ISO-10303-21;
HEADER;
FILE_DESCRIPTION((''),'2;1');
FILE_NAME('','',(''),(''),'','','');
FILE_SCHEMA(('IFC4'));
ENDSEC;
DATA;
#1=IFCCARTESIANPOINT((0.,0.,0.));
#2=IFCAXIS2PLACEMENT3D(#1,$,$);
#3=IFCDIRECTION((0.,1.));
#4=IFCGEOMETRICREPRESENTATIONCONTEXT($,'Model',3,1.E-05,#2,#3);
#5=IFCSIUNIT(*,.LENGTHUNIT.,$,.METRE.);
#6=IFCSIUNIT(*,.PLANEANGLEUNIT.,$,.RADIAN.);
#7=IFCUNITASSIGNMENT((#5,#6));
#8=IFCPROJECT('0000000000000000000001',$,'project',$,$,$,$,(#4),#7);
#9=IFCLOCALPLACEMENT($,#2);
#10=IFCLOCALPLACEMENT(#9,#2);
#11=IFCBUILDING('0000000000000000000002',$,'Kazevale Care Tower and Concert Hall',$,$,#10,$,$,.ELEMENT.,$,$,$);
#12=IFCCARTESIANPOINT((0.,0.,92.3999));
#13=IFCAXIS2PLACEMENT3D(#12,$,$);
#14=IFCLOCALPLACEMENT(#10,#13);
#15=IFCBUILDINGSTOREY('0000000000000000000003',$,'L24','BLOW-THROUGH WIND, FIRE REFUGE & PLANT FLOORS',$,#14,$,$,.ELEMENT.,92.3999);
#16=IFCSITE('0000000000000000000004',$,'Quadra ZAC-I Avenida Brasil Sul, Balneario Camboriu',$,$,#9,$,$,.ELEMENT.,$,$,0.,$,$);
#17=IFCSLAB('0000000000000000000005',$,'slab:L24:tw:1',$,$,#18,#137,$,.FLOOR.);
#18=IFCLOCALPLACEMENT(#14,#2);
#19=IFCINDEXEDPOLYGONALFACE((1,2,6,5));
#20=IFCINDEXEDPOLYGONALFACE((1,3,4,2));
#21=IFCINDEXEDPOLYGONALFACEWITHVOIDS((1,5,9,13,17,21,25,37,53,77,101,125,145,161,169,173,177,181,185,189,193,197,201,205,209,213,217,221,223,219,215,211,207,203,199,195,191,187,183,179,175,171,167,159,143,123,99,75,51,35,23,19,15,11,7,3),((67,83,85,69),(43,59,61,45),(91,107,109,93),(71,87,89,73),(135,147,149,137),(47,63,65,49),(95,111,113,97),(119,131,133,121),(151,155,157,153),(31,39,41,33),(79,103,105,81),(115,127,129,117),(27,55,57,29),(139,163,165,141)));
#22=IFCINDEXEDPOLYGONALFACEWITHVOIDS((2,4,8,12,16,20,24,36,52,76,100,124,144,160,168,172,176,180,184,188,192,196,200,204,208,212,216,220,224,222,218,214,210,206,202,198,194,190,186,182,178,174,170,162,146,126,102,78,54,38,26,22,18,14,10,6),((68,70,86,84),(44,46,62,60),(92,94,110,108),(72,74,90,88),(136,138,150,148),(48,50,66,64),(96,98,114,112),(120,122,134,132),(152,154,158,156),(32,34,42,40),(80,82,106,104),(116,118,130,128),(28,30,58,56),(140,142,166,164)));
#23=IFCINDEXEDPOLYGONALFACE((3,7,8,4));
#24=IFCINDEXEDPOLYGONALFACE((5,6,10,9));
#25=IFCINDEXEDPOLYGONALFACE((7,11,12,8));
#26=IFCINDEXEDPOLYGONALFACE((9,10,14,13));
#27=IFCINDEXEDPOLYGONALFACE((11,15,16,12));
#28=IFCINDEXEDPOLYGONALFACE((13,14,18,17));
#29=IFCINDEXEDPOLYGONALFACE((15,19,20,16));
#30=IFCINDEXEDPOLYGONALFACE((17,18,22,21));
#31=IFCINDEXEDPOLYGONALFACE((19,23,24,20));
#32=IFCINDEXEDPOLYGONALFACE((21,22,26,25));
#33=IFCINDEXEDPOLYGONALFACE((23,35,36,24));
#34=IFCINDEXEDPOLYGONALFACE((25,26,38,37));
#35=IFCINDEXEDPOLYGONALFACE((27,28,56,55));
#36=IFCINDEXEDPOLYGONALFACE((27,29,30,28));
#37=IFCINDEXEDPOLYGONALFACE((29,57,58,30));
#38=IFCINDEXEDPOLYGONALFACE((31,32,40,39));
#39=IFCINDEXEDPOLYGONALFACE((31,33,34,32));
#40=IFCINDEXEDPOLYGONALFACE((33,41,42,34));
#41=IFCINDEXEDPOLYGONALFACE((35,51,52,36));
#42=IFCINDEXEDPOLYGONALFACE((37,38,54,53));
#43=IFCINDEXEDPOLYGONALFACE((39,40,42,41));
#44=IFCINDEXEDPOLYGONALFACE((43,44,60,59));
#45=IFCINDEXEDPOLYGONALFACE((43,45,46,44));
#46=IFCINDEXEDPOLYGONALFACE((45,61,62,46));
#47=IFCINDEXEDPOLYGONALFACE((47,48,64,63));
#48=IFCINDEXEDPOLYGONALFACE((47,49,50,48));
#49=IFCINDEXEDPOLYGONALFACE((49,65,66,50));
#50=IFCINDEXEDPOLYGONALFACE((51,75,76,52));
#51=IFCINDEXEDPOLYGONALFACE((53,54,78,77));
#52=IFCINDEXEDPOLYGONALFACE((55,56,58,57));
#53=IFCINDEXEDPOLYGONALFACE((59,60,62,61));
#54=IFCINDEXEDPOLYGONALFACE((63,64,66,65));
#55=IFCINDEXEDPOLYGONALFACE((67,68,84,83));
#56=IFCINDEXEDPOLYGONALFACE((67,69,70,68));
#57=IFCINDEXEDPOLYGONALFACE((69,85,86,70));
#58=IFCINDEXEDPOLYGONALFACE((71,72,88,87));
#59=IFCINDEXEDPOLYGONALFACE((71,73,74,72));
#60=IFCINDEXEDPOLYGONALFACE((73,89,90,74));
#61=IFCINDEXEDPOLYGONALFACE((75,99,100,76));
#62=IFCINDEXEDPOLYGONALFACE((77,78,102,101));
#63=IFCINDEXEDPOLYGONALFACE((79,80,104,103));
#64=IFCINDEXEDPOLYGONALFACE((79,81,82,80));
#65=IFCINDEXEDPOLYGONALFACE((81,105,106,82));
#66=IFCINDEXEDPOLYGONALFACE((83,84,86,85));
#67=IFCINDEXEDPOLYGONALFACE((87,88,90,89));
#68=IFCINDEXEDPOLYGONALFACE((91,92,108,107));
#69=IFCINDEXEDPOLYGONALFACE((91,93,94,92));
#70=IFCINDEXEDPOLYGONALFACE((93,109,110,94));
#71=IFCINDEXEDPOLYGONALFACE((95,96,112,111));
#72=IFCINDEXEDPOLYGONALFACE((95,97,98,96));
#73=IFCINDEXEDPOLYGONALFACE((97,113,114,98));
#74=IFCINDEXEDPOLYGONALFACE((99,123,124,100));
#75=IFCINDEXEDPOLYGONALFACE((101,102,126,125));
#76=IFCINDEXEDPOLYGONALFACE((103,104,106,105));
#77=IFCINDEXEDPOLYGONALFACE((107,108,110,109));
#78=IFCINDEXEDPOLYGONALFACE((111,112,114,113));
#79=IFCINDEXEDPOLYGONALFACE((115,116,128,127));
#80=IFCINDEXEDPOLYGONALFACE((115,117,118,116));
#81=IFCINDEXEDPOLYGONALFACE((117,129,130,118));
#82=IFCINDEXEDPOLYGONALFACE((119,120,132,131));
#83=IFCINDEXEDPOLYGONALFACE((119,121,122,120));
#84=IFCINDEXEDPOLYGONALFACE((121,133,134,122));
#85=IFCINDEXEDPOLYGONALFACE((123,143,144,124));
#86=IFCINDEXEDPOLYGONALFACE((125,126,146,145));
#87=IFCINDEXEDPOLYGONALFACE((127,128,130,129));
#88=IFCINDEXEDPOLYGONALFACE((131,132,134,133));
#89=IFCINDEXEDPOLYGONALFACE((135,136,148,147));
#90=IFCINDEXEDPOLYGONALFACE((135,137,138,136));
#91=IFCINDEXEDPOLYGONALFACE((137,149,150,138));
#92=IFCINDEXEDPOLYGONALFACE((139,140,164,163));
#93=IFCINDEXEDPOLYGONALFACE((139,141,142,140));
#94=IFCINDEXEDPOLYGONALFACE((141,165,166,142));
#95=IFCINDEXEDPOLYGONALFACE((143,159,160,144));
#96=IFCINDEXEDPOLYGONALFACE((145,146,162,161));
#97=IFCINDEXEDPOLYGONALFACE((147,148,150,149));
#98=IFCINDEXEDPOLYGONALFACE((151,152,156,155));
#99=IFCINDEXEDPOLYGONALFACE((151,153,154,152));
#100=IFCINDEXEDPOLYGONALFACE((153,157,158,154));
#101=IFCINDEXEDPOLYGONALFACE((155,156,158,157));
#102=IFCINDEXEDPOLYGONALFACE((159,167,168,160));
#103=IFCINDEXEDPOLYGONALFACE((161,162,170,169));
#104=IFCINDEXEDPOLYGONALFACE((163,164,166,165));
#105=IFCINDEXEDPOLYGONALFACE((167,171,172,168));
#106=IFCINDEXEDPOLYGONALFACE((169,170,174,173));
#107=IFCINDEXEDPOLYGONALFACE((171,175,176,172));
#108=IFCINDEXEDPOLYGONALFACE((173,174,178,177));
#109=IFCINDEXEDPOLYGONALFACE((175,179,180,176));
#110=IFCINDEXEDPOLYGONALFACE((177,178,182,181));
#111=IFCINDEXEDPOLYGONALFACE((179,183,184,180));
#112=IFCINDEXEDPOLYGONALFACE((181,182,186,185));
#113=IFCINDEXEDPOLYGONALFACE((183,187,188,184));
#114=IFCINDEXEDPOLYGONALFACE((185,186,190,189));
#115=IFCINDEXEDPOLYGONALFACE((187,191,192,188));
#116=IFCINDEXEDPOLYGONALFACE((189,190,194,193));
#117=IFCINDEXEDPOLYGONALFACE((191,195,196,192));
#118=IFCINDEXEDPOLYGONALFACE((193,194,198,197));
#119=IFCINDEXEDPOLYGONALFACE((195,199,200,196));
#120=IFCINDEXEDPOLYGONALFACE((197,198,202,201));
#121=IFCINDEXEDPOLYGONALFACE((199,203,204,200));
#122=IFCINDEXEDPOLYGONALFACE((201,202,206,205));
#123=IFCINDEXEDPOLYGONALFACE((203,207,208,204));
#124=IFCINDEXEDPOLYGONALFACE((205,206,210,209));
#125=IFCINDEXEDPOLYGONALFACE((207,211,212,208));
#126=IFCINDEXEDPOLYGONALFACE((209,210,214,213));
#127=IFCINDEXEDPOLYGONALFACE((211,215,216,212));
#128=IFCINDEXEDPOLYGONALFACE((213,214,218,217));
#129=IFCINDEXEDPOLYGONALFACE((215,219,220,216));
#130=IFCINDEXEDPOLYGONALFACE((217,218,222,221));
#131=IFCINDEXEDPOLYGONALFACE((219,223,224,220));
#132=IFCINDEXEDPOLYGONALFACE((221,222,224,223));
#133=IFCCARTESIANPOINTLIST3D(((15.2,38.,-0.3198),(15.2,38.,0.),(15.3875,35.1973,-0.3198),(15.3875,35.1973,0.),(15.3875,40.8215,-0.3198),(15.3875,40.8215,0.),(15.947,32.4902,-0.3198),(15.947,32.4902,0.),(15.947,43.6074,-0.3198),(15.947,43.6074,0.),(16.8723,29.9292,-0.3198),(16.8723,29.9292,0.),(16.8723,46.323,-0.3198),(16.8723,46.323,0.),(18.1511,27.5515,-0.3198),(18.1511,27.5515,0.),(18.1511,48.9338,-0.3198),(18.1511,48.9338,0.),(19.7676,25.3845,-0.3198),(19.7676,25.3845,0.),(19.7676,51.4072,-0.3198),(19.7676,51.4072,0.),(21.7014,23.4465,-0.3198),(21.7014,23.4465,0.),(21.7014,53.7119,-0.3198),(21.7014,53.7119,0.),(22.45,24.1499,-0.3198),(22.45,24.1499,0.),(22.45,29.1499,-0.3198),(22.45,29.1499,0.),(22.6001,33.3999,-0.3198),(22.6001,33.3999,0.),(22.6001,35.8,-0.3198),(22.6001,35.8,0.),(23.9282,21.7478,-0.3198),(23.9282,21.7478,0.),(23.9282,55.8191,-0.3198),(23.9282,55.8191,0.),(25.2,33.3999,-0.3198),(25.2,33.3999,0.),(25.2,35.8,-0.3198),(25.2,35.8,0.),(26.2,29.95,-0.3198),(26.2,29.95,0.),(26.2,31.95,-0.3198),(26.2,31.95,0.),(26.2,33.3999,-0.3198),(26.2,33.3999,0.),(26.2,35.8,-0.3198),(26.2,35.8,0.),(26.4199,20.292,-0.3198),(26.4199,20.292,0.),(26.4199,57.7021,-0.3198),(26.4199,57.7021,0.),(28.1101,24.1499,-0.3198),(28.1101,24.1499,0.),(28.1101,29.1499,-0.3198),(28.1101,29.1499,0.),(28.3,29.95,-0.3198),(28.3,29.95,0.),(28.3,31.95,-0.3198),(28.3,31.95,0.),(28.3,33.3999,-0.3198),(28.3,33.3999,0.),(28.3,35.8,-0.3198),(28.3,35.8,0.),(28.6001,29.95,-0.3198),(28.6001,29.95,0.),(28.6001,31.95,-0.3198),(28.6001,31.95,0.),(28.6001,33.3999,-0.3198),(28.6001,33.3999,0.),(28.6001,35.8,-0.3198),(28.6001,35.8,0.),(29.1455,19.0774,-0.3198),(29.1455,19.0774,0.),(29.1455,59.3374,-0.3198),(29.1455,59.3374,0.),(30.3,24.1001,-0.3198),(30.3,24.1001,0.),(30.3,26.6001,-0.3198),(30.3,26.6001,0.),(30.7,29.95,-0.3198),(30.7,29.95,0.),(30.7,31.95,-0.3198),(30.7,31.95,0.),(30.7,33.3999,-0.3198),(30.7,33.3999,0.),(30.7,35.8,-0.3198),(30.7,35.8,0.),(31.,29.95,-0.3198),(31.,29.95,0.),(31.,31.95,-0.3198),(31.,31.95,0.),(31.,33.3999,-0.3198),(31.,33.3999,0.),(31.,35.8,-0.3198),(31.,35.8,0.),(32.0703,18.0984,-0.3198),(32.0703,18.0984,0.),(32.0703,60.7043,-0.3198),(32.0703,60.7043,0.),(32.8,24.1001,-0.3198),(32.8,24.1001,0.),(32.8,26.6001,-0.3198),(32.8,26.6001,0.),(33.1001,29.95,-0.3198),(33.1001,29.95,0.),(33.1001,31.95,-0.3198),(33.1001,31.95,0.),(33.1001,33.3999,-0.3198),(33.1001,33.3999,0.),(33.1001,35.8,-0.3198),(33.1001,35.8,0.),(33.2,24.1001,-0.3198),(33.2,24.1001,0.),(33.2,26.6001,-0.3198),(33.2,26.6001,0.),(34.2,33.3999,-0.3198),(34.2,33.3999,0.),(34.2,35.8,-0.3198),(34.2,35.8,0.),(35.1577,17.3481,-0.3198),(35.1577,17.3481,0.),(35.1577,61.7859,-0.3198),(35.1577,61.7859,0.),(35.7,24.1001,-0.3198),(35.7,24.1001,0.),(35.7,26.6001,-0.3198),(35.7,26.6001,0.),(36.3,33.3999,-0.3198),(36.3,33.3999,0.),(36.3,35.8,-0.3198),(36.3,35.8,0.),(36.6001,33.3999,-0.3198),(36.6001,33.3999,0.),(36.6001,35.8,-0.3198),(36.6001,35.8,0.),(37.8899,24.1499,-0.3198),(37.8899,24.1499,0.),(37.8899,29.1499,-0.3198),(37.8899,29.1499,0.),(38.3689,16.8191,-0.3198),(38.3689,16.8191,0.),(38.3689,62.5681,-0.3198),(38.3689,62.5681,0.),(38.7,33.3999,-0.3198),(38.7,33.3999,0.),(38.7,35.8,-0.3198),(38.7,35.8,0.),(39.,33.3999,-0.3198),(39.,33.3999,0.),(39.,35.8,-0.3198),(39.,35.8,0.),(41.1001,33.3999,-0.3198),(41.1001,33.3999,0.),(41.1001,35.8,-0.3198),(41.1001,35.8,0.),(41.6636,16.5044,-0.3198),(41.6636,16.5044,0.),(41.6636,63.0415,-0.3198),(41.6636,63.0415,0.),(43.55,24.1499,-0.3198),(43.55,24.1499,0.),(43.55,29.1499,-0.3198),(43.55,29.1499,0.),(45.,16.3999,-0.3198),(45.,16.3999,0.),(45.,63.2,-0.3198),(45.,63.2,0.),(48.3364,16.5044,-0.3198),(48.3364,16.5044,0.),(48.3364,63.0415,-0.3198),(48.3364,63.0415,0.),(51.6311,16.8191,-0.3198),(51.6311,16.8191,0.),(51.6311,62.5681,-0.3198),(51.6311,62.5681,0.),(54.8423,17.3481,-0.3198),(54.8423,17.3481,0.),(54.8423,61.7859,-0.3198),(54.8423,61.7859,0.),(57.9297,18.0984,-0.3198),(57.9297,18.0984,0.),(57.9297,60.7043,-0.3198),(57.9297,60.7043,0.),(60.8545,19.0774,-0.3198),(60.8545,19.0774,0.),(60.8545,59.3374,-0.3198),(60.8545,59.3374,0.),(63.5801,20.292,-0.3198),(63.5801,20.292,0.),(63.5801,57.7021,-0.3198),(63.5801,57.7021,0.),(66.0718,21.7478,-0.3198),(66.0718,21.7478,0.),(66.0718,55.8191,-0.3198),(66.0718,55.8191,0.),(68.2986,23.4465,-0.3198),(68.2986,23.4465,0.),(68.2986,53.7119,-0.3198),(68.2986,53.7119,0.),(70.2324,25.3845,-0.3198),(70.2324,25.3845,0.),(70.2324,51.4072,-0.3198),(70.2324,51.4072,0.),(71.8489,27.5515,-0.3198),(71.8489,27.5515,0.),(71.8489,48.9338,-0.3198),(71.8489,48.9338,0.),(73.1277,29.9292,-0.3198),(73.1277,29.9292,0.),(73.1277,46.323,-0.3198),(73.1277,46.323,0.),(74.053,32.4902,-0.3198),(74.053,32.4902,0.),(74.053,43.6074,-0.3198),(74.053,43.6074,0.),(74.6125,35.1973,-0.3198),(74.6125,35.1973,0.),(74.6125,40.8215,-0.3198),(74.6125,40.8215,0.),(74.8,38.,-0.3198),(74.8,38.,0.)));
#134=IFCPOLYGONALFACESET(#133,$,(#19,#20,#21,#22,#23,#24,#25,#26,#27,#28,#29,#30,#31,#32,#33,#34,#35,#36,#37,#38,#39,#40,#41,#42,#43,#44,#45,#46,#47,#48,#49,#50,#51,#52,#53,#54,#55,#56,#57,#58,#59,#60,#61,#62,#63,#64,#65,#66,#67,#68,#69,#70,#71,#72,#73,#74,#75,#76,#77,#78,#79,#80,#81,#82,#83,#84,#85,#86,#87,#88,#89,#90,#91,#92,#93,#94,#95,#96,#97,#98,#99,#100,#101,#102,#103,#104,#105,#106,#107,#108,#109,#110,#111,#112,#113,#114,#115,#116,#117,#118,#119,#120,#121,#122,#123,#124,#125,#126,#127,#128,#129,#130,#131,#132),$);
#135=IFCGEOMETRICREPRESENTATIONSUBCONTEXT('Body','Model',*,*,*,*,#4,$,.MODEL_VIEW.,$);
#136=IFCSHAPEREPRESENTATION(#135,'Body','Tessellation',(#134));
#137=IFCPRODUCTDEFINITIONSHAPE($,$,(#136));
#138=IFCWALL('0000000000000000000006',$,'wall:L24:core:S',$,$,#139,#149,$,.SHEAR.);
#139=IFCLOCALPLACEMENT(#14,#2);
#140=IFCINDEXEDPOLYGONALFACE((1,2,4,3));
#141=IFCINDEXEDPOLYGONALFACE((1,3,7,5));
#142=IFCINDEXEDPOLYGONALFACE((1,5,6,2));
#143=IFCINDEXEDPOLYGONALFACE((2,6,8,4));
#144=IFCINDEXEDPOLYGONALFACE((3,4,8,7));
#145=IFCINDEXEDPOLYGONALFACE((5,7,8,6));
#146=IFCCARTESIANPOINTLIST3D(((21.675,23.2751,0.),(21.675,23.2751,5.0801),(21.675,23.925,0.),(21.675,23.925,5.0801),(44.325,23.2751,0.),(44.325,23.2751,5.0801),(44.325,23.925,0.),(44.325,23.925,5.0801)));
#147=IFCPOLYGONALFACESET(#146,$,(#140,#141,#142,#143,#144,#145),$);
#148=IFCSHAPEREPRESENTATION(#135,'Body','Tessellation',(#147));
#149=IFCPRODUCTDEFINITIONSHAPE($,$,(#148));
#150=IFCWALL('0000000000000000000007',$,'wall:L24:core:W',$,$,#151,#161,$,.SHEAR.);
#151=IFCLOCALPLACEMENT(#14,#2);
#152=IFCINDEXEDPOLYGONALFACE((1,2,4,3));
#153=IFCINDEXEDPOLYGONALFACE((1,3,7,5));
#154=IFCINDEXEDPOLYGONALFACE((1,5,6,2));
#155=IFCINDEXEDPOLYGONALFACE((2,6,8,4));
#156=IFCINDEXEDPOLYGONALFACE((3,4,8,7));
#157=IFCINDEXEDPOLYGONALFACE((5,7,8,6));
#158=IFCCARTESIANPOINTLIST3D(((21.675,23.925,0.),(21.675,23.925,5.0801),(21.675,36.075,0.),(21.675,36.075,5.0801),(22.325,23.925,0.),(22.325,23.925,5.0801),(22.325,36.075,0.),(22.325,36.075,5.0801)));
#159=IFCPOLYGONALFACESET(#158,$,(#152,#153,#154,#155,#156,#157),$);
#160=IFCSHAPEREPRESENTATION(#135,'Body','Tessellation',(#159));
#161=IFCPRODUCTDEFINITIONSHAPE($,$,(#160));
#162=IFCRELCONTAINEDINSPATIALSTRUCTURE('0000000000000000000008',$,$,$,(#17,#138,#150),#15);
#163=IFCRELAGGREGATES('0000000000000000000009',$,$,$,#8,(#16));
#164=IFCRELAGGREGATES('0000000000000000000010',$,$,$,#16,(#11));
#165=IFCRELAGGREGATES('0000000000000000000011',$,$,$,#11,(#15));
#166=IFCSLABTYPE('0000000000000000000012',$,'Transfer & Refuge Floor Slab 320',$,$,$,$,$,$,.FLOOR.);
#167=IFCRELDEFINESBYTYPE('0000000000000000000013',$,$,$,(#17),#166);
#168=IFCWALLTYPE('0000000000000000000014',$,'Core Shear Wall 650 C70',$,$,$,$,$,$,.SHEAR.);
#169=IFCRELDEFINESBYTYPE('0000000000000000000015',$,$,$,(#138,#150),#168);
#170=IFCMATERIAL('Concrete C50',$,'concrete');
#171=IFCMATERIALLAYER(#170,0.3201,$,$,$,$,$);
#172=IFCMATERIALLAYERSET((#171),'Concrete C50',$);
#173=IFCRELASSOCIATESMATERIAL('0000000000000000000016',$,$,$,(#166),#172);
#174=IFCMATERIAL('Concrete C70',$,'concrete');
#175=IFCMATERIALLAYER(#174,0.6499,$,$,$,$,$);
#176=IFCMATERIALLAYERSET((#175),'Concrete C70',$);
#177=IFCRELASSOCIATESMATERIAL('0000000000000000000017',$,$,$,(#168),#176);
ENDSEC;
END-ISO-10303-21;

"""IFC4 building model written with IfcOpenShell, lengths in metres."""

from ifc_helpers import new_model, si_unit, direction, frame, frame_2d, origin, place, context, subcontext, project, spatial, polyline, rectangle, outline, extrude, material, layer, layer_set, type_object, element, save


model = new_model("IFC4")

# Units and contexts
model_context = context("Model", 3, precision=1e-05, world=origin(), true_north=direction((0.0, 1.0)))
body_context = subcontext(model_context, "Body", "Model", "MODEL_VIEW")
ifc_project = project(units=[si_unit("LENGTHUNIT", "METRE"), si_unit("PLANEANGLEUNIT", "RADIAN")], contexts=[model_context])

# Site, building, storey
site_placement = place(None, origin())
site = spatial("IfcSite", under=ifc_project, at=site_placement, Name="Quadra ZAC-I Avenida Brasil Sul, Balneario Camboriu", CompositionType="ELEMENT", RefElevation=0.0)
building_placement = place(site_placement, origin())
building = spatial("IfcBuilding", under=site, at=building_placement, Name="Kazevale Care Tower and Concert Hall", CompositionType="ELEMENT")
storey_placement = place(building_placement, frame((0.0, 0.0, 92.3999)))
storey = spatial("IfcBuildingStorey", under=building, at=storey_placement, Name="L24", Description="BLOW-THROUGH WIND, FIRE REFUGE & PLANT FLOORS", CompositionType="ELEMENT", Elevation=92.3999)

# Shared definitions
ifc_material_1 = material(Name="Concrete C70", Category="concrete")

# Slab
ifc_material_2 = material(Name="Concrete C50", Category="concrete")
ifc_layer_1 = layer(ifc_material_2, 0.3201)
ifc_layer_set_1 = layer_set([ifc_layer_1], Name="Concrete C50")
slab_type_1 = type_object("IfcSlabType", Name="Transfer & Refuge Floor Slab 320", PredefinedType="FLOOR", material=ifc_layer_set_1)
slab_1_placement = place(storey_placement, frame((0.0, 0.0, -0.3198)))
element("IfcSlab", 1, at=slab_1_placement, inside=storey, type_object=slab_type_1, Name="slab:L24:tw:1", PredefinedType="FLOOR", context=body_context, shape_type="SweptSolid", body=[
    extrude(outline(polyline([(74.8, 38.0), (74.6125, 40.8215), (74.053, 43.6074), (73.1277, 46.323), (71.8489, 48.9338), (70.2324, 51.4072), (68.2986, 53.7119), (66.0718, 55.8191), (63.5801, 57.7021), (60.8545, 59.3374), (57.9297, 60.7043), (54.8423, 61.7859), (51.6311, 62.5681), (48.3364, 63.0415), (45.0, 63.2), (41.6636, 63.0415), (38.3689, 62.5681), (35.1577, 61.7859), (32.0703, 60.7043), (29.1455, 59.3374), (26.4199, 57.7021), (23.9282, 55.8191), (21.7014, 53.7119), (19.7676, 51.4072), (18.1511, 48.9338), (16.8723, 46.323), (15.947, 43.6074), (15.3875, 40.8215), (15.2, 38.0), (15.3875, 35.1973), (15.947, 32.4902), (16.8723, 29.9292), (18.1511, 27.5515), (19.7676, 25.3845), (21.7014, 23.4465), (23.9282, 21.7478), (26.4199, 20.292), (29.1455, 19.0774), (32.0703, 18.0984), (35.1577, 17.3481), (38.3689, 16.8191), (41.6636, 16.5044), (45.0, 16.3999), (48.3364, 16.5044), (51.6311, 16.8191), (54.8423, 17.3481), (57.9297, 18.0984), (60.8545, 19.0774), (63.5801, 20.292), (66.0718, 21.7478), (68.2986, 23.4465), (70.2324, 25.3845), (71.8489, 27.5515), (73.1277, 29.9292), (74.053, 32.4902), (74.6125, 35.1973), (74.8, 38.0)]), holes=[polyline([(22.45, 24.1499), (28.1101, 24.1499), (28.1101, 29.1499), (22.45, 29.1499), (22.45, 24.1499)]), polyline([(37.8899, 24.1499), (43.55, 24.1499), (43.55, 29.1499), (37.8899, 29.1499), (37.8899, 24.1499)]), polyline([(30.3, 24.1001), (32.8, 24.1001), (32.8, 26.6001), (30.3, 26.6001), (30.3, 24.1001)]), polyline([(33.2, 24.1001), (35.7, 24.1001), (35.7, 26.6001), (33.2, 26.6001), (33.2, 24.1001)]), polyline([(22.6001, 33.3999), (25.2, 33.3999), (25.2, 35.8), (22.6001, 35.8), (22.6001, 33.3999)]), polyline([(26.2, 33.3999), (28.3, 33.3999), (28.3, 35.8), (26.2, 35.8), (26.2, 33.3999)]), polyline([(28.6001, 33.3999), (30.7, 33.3999), (30.7, 35.8), (28.6001, 35.8), (28.6001, 33.3999)]), polyline([(31.0, 33.3999), (33.1001, 33.3999), (33.1001, 35.8), (31.0, 35.8), (31.0, 33.3999)]), polyline([(34.2, 33.3999), (36.3, 33.3999), (36.3, 35.8), (34.2, 35.8), (34.2, 33.3999)]), polyline([(36.6001, 33.3999), (38.7, 33.3999), (38.7, 35.8), (36.6001, 35.8), (36.6001, 33.3999)]), polyline([(39.0, 33.3999), (41.1001, 33.3999), (41.1001, 35.8), (39.0, 35.8), (39.0, 33.3999)]), polyline([(26.2, 29.95), (28.3, 29.95), (28.3, 31.95), (26.2, 31.95), (26.2, 29.95)]), polyline([(28.6001, 29.95), (30.7, 29.95), (30.7, 31.95), (28.6001, 31.95), (28.6001, 29.95)]), polyline([(31.0, 29.95), (33.1001, 29.95), (33.1001, 31.95), (31.0, 31.95), (31.0, 29.95)])]), origin(), (0.0, 0.0, 1.0), 0.3198),
])

# Walls
ifc_layer_2 = layer(ifc_material_1, 0.6499)
ifc_layer_set_2 = layer_set([ifc_layer_2], Name="Concrete C70")
wall_type_1 = type_object("IfcWallType", Name="Core Shear Wall 650 C70", PredefinedType="SHEAR", material=ifc_layer_set_2)
wall_1_placement = place(storey_placement, frame((21.675, 23.6001, 0.0), z_axis=(0.0, 0.0, 1.0), x_axis=(1.0, 0.0, 0.0)))
element("IfcWall", 2, at=wall_1_placement, inside=storey, type_object=wall_type_1, Name="wall:L24:core:S", PredefinedType="SHEAR", context=body_context, shape_type="SweptSolid", body=[
    extrude(rectangle(XDim=22.6499, YDim=0.6499, at=frame_2d((11.325, 0.0))), origin(), (0.0, 0.0, 1.0), 5.0801),
])
wall_2_placement = place(storey_placement, frame((22.0, 23.925, 0.0), z_axis=(0.0, 0.0, 1.0), x_axis=(0.0, 1.0, 0.0)))
element("IfcWall", 3, at=wall_2_placement, inside=storey, type_object=wall_type_1, Name="wall:L24:core:W", PredefinedType="SHEAR", context=body_context, shape_type="SweptSolid", body=[
    extrude(rectangle(XDim=12.1499, YDim=0.6499, at=frame_2d((6.075, 0.0))), origin(), (0.0, 0.0, 1.0), 5.0801),
])

save(model, "model.ifc")
